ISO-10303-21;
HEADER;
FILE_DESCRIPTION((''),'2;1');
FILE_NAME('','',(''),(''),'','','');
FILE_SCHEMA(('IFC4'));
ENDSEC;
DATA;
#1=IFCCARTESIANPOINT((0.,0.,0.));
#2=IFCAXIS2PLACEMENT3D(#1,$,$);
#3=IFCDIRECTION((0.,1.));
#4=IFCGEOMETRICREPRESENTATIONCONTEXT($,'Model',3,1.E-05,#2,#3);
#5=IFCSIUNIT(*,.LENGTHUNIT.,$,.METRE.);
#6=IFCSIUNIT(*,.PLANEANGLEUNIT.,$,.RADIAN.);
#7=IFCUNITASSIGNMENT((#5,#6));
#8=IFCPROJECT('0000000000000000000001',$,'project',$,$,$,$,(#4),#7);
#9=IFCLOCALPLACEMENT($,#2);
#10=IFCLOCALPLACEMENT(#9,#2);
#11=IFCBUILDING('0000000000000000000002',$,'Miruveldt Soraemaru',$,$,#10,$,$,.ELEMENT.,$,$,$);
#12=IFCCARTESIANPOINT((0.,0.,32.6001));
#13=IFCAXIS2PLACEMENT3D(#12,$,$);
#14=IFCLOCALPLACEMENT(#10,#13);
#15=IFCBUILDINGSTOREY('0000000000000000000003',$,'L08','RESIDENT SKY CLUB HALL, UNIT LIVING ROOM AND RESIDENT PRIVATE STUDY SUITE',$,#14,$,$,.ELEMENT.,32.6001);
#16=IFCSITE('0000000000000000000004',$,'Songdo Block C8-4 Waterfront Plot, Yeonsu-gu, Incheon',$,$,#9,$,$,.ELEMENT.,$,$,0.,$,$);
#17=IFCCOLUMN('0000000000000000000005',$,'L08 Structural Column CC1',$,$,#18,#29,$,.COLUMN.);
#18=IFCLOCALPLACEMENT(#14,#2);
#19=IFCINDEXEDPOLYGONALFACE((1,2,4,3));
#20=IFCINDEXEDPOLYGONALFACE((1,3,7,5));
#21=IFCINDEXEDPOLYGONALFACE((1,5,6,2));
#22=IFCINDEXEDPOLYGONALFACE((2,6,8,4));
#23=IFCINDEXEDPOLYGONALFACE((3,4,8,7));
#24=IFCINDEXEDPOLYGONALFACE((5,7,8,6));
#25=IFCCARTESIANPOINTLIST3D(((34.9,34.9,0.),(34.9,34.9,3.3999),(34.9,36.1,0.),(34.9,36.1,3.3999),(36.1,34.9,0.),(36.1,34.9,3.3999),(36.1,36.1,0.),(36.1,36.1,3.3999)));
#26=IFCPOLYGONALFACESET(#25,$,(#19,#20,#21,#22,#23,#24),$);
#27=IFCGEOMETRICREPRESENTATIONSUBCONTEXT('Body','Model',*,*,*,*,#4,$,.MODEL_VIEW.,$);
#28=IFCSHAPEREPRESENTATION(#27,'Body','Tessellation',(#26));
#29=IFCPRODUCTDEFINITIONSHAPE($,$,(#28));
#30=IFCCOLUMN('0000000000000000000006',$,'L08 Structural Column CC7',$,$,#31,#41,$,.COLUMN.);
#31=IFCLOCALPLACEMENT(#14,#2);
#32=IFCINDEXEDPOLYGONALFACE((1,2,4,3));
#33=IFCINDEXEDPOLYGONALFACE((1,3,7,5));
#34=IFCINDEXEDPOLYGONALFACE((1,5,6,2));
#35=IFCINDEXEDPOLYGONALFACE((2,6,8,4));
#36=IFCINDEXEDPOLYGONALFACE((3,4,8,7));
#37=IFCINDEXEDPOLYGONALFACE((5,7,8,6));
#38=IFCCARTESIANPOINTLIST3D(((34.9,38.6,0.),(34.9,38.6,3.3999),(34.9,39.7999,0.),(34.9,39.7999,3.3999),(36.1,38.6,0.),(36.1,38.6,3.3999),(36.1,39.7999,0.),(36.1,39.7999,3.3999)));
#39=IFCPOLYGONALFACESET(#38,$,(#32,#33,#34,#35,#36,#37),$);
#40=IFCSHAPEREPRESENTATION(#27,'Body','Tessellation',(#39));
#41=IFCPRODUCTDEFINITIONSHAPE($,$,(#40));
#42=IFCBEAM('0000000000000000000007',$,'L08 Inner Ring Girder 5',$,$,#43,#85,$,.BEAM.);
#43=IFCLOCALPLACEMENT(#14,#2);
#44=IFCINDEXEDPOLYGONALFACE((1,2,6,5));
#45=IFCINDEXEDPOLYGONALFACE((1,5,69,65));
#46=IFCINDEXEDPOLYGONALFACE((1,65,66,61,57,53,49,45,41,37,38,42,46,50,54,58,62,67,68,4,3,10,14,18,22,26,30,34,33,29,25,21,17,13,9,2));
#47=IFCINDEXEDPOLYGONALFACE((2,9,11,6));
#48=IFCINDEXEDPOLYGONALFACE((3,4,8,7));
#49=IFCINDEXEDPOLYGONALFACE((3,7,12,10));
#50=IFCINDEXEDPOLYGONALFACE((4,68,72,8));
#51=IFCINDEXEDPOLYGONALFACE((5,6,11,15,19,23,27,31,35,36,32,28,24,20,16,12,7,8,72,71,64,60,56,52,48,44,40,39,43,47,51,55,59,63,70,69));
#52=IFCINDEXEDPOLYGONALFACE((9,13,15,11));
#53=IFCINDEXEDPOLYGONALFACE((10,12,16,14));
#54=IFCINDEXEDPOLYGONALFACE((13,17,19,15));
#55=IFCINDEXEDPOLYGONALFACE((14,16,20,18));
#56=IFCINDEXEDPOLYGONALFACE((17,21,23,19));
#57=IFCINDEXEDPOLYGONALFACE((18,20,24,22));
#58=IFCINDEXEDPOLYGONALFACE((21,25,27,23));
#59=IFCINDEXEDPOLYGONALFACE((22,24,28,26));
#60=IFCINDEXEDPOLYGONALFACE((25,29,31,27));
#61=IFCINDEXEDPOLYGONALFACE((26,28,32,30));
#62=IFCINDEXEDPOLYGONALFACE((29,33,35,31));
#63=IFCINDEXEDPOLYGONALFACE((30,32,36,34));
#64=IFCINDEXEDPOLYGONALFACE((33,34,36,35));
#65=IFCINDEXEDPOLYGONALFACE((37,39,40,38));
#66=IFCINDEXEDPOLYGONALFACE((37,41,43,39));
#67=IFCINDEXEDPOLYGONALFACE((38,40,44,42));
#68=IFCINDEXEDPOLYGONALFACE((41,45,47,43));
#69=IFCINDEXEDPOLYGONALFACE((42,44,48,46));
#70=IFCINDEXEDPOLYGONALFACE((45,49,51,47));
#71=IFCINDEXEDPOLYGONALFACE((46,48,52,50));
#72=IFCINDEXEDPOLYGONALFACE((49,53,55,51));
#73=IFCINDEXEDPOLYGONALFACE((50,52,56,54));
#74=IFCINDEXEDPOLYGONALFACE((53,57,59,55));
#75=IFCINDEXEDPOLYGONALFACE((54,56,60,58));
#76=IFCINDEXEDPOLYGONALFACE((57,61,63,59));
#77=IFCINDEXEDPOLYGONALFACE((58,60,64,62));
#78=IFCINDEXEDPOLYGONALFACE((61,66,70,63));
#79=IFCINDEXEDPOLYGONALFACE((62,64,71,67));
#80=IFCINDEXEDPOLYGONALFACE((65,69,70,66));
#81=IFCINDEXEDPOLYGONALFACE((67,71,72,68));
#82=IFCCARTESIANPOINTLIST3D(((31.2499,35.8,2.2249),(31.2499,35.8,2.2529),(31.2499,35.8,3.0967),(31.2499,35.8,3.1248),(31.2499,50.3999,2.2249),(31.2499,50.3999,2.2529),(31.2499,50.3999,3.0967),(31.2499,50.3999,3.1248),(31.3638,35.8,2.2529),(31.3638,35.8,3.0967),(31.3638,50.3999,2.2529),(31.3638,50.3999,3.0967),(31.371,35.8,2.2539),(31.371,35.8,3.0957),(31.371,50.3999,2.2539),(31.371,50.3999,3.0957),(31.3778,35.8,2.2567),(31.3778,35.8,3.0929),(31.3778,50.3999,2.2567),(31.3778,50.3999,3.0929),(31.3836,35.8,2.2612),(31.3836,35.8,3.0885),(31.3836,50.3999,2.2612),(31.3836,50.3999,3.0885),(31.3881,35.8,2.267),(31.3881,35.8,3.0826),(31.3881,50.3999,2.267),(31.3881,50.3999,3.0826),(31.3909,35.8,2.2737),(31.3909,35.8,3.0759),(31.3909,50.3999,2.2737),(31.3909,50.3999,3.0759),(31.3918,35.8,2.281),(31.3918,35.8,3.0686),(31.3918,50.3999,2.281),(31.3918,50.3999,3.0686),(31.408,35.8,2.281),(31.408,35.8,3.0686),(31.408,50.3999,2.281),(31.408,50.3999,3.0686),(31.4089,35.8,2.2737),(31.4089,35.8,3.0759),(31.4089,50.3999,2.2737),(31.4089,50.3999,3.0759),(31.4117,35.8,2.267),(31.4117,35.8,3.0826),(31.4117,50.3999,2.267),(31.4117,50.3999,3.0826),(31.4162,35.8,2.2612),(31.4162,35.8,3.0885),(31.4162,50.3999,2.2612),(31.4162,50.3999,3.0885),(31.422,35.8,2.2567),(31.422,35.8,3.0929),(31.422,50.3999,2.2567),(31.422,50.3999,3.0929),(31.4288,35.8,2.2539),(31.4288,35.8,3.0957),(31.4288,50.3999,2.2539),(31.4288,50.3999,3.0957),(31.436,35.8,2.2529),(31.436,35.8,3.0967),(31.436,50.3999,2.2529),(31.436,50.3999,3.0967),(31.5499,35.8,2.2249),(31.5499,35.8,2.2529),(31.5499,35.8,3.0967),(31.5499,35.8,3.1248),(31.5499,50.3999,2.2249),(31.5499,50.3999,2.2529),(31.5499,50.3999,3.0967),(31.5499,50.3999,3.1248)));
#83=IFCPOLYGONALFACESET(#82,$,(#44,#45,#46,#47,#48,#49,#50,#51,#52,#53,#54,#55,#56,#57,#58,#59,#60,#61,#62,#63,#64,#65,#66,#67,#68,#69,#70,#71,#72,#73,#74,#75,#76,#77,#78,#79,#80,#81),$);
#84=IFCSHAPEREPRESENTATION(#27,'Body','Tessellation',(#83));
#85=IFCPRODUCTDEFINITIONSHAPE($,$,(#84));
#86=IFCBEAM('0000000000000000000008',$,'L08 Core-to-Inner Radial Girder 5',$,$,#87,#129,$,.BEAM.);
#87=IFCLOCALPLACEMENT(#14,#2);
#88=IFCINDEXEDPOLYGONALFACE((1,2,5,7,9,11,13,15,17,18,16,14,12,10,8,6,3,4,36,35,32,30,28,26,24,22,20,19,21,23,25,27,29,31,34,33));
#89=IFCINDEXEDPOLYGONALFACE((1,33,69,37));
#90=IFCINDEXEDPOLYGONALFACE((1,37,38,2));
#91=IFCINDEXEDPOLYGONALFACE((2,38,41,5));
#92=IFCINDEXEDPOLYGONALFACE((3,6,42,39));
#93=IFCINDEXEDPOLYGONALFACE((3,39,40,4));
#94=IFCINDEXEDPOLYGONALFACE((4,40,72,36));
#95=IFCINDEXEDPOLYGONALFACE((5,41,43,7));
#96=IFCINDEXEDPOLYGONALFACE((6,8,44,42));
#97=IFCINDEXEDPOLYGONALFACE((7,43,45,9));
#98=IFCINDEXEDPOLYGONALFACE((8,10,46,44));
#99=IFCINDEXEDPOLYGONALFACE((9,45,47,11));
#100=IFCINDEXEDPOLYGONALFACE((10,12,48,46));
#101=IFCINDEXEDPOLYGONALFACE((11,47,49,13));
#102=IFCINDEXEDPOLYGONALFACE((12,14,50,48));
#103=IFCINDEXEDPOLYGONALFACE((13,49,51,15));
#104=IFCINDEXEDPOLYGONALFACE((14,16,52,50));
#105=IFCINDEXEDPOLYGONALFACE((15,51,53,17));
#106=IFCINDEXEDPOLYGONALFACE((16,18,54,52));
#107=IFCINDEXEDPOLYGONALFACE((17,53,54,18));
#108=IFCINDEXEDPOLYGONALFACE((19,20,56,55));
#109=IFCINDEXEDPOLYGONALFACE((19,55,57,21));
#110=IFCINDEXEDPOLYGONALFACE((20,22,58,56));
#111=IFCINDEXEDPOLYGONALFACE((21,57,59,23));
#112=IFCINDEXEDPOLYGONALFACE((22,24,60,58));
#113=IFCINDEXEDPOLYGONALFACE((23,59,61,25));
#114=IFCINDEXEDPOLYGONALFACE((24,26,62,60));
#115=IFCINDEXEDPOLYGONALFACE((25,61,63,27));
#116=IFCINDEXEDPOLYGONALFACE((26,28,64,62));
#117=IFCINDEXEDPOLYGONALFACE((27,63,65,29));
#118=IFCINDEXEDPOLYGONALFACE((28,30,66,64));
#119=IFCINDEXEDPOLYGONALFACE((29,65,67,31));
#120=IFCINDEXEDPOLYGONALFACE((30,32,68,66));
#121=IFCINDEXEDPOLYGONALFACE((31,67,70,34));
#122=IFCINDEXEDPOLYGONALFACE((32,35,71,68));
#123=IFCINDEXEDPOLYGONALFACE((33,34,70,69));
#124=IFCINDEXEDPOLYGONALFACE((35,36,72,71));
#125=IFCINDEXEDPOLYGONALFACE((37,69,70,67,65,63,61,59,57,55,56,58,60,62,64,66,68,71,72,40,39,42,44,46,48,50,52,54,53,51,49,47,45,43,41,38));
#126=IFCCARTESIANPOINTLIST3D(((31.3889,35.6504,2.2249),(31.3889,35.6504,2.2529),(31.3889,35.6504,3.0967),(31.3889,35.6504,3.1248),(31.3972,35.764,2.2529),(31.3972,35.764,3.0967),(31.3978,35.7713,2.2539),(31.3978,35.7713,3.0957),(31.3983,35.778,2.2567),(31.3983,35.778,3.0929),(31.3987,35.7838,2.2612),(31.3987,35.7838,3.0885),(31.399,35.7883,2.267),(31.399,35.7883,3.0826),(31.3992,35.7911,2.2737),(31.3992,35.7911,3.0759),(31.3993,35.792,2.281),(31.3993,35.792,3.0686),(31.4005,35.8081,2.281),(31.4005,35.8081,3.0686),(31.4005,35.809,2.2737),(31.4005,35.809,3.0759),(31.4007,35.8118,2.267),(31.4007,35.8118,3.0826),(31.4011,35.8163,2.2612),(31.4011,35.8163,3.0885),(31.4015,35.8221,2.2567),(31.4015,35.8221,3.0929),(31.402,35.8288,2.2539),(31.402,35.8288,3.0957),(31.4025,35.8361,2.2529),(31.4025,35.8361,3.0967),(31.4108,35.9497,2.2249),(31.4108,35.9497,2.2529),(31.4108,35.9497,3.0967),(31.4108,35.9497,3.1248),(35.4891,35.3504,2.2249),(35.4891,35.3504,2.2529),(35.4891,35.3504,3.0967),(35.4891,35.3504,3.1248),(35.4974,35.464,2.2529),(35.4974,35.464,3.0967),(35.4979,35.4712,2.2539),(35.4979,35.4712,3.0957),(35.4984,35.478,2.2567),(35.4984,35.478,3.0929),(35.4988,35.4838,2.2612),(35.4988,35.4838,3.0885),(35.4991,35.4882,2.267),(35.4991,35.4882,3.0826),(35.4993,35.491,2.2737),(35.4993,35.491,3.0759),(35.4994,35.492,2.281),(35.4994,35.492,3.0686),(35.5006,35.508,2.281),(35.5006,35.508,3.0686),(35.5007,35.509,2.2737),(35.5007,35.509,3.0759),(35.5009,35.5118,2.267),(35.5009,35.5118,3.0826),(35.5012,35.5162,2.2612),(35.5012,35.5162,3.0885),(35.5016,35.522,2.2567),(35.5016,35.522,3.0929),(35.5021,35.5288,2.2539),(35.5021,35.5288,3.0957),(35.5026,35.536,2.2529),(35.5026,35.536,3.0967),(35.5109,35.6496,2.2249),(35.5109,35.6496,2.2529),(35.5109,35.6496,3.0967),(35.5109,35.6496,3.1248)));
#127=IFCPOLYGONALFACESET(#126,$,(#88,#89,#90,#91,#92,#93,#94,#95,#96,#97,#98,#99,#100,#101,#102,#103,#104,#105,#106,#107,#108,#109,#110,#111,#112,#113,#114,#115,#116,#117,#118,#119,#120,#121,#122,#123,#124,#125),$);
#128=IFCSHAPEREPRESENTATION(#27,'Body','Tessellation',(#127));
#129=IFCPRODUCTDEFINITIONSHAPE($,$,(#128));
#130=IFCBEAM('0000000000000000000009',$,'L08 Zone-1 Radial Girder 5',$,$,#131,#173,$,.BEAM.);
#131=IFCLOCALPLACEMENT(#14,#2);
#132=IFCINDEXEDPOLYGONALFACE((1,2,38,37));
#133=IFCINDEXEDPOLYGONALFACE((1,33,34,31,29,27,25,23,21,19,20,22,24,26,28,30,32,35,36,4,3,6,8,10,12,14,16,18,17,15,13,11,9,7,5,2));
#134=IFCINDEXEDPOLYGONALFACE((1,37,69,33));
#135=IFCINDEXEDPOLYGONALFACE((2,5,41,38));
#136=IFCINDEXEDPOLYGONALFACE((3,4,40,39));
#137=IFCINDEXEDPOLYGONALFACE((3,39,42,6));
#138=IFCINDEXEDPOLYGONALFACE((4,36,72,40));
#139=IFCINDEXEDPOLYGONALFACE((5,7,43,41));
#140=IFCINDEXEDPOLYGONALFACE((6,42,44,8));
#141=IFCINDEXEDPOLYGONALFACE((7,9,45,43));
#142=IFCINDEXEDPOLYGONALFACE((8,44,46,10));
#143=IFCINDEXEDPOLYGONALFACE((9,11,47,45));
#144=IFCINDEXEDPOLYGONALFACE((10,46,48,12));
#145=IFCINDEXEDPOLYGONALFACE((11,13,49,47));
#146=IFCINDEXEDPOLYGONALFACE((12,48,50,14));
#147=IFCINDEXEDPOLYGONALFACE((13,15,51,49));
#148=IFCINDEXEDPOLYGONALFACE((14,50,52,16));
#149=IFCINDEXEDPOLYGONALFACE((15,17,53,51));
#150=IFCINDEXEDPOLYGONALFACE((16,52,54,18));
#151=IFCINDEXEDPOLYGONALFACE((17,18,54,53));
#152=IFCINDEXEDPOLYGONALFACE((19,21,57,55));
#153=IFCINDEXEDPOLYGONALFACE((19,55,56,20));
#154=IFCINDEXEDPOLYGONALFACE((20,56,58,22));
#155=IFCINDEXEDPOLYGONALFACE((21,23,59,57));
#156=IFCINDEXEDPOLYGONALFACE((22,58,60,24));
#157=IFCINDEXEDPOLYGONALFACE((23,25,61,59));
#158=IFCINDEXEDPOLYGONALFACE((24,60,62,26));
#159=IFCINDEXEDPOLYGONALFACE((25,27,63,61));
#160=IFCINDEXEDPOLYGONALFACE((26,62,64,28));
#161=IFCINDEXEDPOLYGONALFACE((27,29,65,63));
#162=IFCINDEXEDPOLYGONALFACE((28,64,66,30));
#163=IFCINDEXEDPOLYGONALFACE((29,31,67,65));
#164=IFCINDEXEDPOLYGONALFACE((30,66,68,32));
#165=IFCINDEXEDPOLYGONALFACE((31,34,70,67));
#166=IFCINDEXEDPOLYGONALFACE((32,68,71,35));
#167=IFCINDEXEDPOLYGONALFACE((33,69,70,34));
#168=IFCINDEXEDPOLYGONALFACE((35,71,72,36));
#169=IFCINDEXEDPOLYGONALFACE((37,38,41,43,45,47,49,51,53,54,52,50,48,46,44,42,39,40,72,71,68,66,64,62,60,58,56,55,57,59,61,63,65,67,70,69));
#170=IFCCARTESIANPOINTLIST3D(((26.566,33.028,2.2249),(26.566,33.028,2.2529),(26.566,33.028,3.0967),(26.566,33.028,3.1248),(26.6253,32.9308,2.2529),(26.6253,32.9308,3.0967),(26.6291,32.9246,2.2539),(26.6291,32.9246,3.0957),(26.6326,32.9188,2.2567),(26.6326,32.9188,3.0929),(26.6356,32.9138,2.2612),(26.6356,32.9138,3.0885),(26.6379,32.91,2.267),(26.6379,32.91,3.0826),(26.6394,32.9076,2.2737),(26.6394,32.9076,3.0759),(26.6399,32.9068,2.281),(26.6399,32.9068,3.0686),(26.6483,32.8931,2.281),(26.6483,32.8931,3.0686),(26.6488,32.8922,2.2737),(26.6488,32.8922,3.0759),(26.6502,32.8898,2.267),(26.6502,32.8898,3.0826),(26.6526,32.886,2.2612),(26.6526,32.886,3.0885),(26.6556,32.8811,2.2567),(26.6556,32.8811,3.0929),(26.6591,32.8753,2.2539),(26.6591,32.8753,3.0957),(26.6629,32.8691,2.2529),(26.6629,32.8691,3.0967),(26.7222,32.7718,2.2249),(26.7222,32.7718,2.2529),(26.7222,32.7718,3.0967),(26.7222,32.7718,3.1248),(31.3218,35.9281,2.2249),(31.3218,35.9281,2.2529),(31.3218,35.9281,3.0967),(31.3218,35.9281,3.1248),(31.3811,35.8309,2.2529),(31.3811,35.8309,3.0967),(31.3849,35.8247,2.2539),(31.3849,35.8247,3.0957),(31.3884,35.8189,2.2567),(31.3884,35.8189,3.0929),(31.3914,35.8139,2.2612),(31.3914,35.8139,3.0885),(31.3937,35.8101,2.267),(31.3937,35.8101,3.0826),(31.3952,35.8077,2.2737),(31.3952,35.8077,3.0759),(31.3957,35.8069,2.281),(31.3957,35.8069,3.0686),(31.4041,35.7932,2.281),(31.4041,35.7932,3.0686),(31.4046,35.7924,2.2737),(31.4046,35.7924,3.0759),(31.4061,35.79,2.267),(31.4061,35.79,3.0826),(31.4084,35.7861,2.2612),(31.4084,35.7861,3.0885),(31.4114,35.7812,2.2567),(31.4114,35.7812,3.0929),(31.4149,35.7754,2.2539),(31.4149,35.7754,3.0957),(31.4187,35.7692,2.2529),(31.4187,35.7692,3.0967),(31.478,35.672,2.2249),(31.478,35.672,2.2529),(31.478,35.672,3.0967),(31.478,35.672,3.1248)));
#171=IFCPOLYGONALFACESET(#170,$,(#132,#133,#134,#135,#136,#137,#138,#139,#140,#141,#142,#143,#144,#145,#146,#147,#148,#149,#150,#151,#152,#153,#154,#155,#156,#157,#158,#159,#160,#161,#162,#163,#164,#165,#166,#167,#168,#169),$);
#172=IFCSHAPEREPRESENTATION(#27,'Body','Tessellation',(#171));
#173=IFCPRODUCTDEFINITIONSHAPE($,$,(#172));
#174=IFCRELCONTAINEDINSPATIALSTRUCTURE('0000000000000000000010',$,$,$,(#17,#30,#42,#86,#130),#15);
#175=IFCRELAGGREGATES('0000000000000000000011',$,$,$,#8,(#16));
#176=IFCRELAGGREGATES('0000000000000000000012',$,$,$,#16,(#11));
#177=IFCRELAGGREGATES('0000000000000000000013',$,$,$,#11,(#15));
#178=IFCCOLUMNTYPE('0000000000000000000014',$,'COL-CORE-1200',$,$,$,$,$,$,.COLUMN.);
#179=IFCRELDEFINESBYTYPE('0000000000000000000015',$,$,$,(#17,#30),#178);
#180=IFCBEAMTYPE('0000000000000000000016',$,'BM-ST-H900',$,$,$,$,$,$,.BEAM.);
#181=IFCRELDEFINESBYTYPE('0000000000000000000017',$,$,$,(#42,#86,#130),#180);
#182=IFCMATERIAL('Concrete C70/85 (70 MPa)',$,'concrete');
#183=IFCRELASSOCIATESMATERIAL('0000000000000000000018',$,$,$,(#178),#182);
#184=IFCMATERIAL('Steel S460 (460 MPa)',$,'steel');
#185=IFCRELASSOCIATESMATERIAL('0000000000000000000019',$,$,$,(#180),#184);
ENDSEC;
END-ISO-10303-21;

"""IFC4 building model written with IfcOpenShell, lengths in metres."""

from ifc_helpers import new_model, si_unit, direction, frame, origin, origin_2d, place, context, subcontext, project, spatial, rectangle, i_section, extrude, material, material_profile, profile_set, type_object, element, save


model = new_model("IFC4")

# Units and contexts
model_context = context("Model", 3, precision=1e-05, world=origin(), true_north=direction((0.0, 1.0)))
body_context = subcontext(model_context, "Body", "Model", "MODEL_VIEW")
ifc_project = project(units=[si_unit("LENGTHUNIT", "METRE"), si_unit("PLANEANGLEUNIT", "RADIAN")], contexts=[model_context])

# Site, building, storey
site_placement = place(None, origin())
site = spatial("IfcSite", under=ifc_project, at=site_placement, Name="Songdo Block C8-4 Waterfront Plot, Yeonsu-gu, Incheon", CompositionType="ELEMENT", RefElevation=0.0)
building_placement = place(site_placement, origin())
building = spatial("IfcBuilding", under=site, at=building_placement, Name="Miruveldt Soraemaru", CompositionType="ELEMENT")
storey_placement = place(building_placement, frame((0.0, 0.0, 32.6001)))
storey = spatial("IfcBuildingStorey", under=building, at=storey_placement, Name="L08", Description="RESIDENT SKY CLUB HALL, UNIT LIVING ROOM AND RESIDENT PRIVATE STUDY SUITE", CompositionType="ELEMENT", Elevation=32.6001)

# Columns
ifc_material_1 = material(Name="Concrete C70/85 (70 MPa)", Category="concrete")
ifc_material_profile_1 = material_profile(ifc_material_1, rectangle(XDim=1.2, YDim=1.2, at=origin_2d()), Name="Concrete C70/85 (70 MPa)", Category="concrete")
ifc_profile_set_1 = profile_set([ifc_material_profile_1], Name="Concrete C70/85 (70 MPa)")
column_type = type_object("IfcColumnType", Name="COL-CORE-1200", PredefinedType="COLUMN", material=ifc_profile_set_1)
for number, where, z_axis, x_axis, name in (
    (1, (35.5, 35.5, 0.0), (0.0, 0.0, 1.0), (1.0, 0.0, 0.0), "L08 Structural Column CC1"),
    (2, (35.5, 39.2, 0.0), (0.0, 0.0, 1.0), (1.0, 0.0, 0.0), "L08 Structural Column CC7"),
):
    element("IfcColumn", number, at=place(storey_placement, frame(where, z_axis=z_axis, x_axis=x_axis)), inside=storey, type_object=column_type, Name=name, PredefinedType="COLUMN", context=body_context, shape_type="SweptSolid", body=[
        extrude(rectangle(XDim=1.2, YDim=1.2, at=origin_2d()), origin(), (0.0, 0.0, 1.0), 3.3999),
    ])

# Beams
ifc_material_2 = material(Name="Steel S460 (460 MPa)", Category="steel")
ifc_material_profile_2 = material_profile(ifc_material_2, i_section(OverallWidth=0.3, OverallDepth=0.8999, WebThickness=0.0161, FlangeThickness=0.0281, FilletRadius=0.0281, at=origin_2d()), Name="Steel S460 (460 MPa)", Category="steel")
ifc_profile_set_2 = profile_set([ifc_material_profile_2], Name="Steel S460 (460 MPa)")
beam_type_1 = type_object("IfcBeamType", Name="BM-ST-H900", PredefinedType="BEAM", material=ifc_profile_set_2)
beam_1_placement = place(storey_placement, frame((31.3999, 35.8, 2.6748), z_axis=(0.0, 1.0, 0.0), x_axis=(-1.0, 0.0, 0.0)))
element("IfcBeam", 3, at=beam_1_placement, inside=storey, type_object=beam_type_1, Name="L08 Inner Ring Girder 5", PredefinedType="BEAM", context=body_context, shape_type="SweptSolid", body=[
    extrude(i_section(OverallWidth=0.3, OverallDepth=0.8999, WebThickness=0.0161, FlangeThickness=0.0281, FilletRadius=0.0281, at=origin_2d()), origin(), (0.0, 0.0, 1.0), 14.5999),
])
beam_2_placement = place(storey_placement, frame((35.5, 35.5, 2.6748), z_axis=(-0.997333, 0.072986, 0.0), x_axis=(-0.072986, -0.997333, 0.0)))
element("IfcBeam", 4, at=beam_2_placement, inside=storey, type_object=beam_type_1, Name="L08 Core-to-Inner Radial Girder 5", PredefinedType="BEAM", context=body_context, shape_type="SweptSolid", body=[
    extrude(i_section(OverallWidth=0.3, OverallDepth=0.8999, WebThickness=0.0161, FlangeThickness=0.0281, FilletRadius=0.0281, at=origin_2d()), origin(), (0.0, 0.0, 1.0), 4.1111),
])
beam_3_placement = place(storey_placement, frame((31.3999, 35.8, 2.6748), z_axis=(-0.853778, -0.520638, 0.0), x_axis=(0.520638, -0.853778, 0.0)))
element("IfcBeam", 5, at=beam_3_placement, inside=storey, type_object=beam_type_1, Name="L08 Zone-1 Radial Girder 5", PredefinedType="BEAM", context=body_context, shape_type="SweptSolid", body=[
    extrude(i_section(OverallWidth=0.3, OverallDepth=0.8999, WebThickness=0.0161, FlangeThickness=0.0281, FilletRadius=0.0281, at=origin_2d()), origin(), (0.0, 0.0, 1.0), 5.5703),
])

save(model, "model.ifc")
